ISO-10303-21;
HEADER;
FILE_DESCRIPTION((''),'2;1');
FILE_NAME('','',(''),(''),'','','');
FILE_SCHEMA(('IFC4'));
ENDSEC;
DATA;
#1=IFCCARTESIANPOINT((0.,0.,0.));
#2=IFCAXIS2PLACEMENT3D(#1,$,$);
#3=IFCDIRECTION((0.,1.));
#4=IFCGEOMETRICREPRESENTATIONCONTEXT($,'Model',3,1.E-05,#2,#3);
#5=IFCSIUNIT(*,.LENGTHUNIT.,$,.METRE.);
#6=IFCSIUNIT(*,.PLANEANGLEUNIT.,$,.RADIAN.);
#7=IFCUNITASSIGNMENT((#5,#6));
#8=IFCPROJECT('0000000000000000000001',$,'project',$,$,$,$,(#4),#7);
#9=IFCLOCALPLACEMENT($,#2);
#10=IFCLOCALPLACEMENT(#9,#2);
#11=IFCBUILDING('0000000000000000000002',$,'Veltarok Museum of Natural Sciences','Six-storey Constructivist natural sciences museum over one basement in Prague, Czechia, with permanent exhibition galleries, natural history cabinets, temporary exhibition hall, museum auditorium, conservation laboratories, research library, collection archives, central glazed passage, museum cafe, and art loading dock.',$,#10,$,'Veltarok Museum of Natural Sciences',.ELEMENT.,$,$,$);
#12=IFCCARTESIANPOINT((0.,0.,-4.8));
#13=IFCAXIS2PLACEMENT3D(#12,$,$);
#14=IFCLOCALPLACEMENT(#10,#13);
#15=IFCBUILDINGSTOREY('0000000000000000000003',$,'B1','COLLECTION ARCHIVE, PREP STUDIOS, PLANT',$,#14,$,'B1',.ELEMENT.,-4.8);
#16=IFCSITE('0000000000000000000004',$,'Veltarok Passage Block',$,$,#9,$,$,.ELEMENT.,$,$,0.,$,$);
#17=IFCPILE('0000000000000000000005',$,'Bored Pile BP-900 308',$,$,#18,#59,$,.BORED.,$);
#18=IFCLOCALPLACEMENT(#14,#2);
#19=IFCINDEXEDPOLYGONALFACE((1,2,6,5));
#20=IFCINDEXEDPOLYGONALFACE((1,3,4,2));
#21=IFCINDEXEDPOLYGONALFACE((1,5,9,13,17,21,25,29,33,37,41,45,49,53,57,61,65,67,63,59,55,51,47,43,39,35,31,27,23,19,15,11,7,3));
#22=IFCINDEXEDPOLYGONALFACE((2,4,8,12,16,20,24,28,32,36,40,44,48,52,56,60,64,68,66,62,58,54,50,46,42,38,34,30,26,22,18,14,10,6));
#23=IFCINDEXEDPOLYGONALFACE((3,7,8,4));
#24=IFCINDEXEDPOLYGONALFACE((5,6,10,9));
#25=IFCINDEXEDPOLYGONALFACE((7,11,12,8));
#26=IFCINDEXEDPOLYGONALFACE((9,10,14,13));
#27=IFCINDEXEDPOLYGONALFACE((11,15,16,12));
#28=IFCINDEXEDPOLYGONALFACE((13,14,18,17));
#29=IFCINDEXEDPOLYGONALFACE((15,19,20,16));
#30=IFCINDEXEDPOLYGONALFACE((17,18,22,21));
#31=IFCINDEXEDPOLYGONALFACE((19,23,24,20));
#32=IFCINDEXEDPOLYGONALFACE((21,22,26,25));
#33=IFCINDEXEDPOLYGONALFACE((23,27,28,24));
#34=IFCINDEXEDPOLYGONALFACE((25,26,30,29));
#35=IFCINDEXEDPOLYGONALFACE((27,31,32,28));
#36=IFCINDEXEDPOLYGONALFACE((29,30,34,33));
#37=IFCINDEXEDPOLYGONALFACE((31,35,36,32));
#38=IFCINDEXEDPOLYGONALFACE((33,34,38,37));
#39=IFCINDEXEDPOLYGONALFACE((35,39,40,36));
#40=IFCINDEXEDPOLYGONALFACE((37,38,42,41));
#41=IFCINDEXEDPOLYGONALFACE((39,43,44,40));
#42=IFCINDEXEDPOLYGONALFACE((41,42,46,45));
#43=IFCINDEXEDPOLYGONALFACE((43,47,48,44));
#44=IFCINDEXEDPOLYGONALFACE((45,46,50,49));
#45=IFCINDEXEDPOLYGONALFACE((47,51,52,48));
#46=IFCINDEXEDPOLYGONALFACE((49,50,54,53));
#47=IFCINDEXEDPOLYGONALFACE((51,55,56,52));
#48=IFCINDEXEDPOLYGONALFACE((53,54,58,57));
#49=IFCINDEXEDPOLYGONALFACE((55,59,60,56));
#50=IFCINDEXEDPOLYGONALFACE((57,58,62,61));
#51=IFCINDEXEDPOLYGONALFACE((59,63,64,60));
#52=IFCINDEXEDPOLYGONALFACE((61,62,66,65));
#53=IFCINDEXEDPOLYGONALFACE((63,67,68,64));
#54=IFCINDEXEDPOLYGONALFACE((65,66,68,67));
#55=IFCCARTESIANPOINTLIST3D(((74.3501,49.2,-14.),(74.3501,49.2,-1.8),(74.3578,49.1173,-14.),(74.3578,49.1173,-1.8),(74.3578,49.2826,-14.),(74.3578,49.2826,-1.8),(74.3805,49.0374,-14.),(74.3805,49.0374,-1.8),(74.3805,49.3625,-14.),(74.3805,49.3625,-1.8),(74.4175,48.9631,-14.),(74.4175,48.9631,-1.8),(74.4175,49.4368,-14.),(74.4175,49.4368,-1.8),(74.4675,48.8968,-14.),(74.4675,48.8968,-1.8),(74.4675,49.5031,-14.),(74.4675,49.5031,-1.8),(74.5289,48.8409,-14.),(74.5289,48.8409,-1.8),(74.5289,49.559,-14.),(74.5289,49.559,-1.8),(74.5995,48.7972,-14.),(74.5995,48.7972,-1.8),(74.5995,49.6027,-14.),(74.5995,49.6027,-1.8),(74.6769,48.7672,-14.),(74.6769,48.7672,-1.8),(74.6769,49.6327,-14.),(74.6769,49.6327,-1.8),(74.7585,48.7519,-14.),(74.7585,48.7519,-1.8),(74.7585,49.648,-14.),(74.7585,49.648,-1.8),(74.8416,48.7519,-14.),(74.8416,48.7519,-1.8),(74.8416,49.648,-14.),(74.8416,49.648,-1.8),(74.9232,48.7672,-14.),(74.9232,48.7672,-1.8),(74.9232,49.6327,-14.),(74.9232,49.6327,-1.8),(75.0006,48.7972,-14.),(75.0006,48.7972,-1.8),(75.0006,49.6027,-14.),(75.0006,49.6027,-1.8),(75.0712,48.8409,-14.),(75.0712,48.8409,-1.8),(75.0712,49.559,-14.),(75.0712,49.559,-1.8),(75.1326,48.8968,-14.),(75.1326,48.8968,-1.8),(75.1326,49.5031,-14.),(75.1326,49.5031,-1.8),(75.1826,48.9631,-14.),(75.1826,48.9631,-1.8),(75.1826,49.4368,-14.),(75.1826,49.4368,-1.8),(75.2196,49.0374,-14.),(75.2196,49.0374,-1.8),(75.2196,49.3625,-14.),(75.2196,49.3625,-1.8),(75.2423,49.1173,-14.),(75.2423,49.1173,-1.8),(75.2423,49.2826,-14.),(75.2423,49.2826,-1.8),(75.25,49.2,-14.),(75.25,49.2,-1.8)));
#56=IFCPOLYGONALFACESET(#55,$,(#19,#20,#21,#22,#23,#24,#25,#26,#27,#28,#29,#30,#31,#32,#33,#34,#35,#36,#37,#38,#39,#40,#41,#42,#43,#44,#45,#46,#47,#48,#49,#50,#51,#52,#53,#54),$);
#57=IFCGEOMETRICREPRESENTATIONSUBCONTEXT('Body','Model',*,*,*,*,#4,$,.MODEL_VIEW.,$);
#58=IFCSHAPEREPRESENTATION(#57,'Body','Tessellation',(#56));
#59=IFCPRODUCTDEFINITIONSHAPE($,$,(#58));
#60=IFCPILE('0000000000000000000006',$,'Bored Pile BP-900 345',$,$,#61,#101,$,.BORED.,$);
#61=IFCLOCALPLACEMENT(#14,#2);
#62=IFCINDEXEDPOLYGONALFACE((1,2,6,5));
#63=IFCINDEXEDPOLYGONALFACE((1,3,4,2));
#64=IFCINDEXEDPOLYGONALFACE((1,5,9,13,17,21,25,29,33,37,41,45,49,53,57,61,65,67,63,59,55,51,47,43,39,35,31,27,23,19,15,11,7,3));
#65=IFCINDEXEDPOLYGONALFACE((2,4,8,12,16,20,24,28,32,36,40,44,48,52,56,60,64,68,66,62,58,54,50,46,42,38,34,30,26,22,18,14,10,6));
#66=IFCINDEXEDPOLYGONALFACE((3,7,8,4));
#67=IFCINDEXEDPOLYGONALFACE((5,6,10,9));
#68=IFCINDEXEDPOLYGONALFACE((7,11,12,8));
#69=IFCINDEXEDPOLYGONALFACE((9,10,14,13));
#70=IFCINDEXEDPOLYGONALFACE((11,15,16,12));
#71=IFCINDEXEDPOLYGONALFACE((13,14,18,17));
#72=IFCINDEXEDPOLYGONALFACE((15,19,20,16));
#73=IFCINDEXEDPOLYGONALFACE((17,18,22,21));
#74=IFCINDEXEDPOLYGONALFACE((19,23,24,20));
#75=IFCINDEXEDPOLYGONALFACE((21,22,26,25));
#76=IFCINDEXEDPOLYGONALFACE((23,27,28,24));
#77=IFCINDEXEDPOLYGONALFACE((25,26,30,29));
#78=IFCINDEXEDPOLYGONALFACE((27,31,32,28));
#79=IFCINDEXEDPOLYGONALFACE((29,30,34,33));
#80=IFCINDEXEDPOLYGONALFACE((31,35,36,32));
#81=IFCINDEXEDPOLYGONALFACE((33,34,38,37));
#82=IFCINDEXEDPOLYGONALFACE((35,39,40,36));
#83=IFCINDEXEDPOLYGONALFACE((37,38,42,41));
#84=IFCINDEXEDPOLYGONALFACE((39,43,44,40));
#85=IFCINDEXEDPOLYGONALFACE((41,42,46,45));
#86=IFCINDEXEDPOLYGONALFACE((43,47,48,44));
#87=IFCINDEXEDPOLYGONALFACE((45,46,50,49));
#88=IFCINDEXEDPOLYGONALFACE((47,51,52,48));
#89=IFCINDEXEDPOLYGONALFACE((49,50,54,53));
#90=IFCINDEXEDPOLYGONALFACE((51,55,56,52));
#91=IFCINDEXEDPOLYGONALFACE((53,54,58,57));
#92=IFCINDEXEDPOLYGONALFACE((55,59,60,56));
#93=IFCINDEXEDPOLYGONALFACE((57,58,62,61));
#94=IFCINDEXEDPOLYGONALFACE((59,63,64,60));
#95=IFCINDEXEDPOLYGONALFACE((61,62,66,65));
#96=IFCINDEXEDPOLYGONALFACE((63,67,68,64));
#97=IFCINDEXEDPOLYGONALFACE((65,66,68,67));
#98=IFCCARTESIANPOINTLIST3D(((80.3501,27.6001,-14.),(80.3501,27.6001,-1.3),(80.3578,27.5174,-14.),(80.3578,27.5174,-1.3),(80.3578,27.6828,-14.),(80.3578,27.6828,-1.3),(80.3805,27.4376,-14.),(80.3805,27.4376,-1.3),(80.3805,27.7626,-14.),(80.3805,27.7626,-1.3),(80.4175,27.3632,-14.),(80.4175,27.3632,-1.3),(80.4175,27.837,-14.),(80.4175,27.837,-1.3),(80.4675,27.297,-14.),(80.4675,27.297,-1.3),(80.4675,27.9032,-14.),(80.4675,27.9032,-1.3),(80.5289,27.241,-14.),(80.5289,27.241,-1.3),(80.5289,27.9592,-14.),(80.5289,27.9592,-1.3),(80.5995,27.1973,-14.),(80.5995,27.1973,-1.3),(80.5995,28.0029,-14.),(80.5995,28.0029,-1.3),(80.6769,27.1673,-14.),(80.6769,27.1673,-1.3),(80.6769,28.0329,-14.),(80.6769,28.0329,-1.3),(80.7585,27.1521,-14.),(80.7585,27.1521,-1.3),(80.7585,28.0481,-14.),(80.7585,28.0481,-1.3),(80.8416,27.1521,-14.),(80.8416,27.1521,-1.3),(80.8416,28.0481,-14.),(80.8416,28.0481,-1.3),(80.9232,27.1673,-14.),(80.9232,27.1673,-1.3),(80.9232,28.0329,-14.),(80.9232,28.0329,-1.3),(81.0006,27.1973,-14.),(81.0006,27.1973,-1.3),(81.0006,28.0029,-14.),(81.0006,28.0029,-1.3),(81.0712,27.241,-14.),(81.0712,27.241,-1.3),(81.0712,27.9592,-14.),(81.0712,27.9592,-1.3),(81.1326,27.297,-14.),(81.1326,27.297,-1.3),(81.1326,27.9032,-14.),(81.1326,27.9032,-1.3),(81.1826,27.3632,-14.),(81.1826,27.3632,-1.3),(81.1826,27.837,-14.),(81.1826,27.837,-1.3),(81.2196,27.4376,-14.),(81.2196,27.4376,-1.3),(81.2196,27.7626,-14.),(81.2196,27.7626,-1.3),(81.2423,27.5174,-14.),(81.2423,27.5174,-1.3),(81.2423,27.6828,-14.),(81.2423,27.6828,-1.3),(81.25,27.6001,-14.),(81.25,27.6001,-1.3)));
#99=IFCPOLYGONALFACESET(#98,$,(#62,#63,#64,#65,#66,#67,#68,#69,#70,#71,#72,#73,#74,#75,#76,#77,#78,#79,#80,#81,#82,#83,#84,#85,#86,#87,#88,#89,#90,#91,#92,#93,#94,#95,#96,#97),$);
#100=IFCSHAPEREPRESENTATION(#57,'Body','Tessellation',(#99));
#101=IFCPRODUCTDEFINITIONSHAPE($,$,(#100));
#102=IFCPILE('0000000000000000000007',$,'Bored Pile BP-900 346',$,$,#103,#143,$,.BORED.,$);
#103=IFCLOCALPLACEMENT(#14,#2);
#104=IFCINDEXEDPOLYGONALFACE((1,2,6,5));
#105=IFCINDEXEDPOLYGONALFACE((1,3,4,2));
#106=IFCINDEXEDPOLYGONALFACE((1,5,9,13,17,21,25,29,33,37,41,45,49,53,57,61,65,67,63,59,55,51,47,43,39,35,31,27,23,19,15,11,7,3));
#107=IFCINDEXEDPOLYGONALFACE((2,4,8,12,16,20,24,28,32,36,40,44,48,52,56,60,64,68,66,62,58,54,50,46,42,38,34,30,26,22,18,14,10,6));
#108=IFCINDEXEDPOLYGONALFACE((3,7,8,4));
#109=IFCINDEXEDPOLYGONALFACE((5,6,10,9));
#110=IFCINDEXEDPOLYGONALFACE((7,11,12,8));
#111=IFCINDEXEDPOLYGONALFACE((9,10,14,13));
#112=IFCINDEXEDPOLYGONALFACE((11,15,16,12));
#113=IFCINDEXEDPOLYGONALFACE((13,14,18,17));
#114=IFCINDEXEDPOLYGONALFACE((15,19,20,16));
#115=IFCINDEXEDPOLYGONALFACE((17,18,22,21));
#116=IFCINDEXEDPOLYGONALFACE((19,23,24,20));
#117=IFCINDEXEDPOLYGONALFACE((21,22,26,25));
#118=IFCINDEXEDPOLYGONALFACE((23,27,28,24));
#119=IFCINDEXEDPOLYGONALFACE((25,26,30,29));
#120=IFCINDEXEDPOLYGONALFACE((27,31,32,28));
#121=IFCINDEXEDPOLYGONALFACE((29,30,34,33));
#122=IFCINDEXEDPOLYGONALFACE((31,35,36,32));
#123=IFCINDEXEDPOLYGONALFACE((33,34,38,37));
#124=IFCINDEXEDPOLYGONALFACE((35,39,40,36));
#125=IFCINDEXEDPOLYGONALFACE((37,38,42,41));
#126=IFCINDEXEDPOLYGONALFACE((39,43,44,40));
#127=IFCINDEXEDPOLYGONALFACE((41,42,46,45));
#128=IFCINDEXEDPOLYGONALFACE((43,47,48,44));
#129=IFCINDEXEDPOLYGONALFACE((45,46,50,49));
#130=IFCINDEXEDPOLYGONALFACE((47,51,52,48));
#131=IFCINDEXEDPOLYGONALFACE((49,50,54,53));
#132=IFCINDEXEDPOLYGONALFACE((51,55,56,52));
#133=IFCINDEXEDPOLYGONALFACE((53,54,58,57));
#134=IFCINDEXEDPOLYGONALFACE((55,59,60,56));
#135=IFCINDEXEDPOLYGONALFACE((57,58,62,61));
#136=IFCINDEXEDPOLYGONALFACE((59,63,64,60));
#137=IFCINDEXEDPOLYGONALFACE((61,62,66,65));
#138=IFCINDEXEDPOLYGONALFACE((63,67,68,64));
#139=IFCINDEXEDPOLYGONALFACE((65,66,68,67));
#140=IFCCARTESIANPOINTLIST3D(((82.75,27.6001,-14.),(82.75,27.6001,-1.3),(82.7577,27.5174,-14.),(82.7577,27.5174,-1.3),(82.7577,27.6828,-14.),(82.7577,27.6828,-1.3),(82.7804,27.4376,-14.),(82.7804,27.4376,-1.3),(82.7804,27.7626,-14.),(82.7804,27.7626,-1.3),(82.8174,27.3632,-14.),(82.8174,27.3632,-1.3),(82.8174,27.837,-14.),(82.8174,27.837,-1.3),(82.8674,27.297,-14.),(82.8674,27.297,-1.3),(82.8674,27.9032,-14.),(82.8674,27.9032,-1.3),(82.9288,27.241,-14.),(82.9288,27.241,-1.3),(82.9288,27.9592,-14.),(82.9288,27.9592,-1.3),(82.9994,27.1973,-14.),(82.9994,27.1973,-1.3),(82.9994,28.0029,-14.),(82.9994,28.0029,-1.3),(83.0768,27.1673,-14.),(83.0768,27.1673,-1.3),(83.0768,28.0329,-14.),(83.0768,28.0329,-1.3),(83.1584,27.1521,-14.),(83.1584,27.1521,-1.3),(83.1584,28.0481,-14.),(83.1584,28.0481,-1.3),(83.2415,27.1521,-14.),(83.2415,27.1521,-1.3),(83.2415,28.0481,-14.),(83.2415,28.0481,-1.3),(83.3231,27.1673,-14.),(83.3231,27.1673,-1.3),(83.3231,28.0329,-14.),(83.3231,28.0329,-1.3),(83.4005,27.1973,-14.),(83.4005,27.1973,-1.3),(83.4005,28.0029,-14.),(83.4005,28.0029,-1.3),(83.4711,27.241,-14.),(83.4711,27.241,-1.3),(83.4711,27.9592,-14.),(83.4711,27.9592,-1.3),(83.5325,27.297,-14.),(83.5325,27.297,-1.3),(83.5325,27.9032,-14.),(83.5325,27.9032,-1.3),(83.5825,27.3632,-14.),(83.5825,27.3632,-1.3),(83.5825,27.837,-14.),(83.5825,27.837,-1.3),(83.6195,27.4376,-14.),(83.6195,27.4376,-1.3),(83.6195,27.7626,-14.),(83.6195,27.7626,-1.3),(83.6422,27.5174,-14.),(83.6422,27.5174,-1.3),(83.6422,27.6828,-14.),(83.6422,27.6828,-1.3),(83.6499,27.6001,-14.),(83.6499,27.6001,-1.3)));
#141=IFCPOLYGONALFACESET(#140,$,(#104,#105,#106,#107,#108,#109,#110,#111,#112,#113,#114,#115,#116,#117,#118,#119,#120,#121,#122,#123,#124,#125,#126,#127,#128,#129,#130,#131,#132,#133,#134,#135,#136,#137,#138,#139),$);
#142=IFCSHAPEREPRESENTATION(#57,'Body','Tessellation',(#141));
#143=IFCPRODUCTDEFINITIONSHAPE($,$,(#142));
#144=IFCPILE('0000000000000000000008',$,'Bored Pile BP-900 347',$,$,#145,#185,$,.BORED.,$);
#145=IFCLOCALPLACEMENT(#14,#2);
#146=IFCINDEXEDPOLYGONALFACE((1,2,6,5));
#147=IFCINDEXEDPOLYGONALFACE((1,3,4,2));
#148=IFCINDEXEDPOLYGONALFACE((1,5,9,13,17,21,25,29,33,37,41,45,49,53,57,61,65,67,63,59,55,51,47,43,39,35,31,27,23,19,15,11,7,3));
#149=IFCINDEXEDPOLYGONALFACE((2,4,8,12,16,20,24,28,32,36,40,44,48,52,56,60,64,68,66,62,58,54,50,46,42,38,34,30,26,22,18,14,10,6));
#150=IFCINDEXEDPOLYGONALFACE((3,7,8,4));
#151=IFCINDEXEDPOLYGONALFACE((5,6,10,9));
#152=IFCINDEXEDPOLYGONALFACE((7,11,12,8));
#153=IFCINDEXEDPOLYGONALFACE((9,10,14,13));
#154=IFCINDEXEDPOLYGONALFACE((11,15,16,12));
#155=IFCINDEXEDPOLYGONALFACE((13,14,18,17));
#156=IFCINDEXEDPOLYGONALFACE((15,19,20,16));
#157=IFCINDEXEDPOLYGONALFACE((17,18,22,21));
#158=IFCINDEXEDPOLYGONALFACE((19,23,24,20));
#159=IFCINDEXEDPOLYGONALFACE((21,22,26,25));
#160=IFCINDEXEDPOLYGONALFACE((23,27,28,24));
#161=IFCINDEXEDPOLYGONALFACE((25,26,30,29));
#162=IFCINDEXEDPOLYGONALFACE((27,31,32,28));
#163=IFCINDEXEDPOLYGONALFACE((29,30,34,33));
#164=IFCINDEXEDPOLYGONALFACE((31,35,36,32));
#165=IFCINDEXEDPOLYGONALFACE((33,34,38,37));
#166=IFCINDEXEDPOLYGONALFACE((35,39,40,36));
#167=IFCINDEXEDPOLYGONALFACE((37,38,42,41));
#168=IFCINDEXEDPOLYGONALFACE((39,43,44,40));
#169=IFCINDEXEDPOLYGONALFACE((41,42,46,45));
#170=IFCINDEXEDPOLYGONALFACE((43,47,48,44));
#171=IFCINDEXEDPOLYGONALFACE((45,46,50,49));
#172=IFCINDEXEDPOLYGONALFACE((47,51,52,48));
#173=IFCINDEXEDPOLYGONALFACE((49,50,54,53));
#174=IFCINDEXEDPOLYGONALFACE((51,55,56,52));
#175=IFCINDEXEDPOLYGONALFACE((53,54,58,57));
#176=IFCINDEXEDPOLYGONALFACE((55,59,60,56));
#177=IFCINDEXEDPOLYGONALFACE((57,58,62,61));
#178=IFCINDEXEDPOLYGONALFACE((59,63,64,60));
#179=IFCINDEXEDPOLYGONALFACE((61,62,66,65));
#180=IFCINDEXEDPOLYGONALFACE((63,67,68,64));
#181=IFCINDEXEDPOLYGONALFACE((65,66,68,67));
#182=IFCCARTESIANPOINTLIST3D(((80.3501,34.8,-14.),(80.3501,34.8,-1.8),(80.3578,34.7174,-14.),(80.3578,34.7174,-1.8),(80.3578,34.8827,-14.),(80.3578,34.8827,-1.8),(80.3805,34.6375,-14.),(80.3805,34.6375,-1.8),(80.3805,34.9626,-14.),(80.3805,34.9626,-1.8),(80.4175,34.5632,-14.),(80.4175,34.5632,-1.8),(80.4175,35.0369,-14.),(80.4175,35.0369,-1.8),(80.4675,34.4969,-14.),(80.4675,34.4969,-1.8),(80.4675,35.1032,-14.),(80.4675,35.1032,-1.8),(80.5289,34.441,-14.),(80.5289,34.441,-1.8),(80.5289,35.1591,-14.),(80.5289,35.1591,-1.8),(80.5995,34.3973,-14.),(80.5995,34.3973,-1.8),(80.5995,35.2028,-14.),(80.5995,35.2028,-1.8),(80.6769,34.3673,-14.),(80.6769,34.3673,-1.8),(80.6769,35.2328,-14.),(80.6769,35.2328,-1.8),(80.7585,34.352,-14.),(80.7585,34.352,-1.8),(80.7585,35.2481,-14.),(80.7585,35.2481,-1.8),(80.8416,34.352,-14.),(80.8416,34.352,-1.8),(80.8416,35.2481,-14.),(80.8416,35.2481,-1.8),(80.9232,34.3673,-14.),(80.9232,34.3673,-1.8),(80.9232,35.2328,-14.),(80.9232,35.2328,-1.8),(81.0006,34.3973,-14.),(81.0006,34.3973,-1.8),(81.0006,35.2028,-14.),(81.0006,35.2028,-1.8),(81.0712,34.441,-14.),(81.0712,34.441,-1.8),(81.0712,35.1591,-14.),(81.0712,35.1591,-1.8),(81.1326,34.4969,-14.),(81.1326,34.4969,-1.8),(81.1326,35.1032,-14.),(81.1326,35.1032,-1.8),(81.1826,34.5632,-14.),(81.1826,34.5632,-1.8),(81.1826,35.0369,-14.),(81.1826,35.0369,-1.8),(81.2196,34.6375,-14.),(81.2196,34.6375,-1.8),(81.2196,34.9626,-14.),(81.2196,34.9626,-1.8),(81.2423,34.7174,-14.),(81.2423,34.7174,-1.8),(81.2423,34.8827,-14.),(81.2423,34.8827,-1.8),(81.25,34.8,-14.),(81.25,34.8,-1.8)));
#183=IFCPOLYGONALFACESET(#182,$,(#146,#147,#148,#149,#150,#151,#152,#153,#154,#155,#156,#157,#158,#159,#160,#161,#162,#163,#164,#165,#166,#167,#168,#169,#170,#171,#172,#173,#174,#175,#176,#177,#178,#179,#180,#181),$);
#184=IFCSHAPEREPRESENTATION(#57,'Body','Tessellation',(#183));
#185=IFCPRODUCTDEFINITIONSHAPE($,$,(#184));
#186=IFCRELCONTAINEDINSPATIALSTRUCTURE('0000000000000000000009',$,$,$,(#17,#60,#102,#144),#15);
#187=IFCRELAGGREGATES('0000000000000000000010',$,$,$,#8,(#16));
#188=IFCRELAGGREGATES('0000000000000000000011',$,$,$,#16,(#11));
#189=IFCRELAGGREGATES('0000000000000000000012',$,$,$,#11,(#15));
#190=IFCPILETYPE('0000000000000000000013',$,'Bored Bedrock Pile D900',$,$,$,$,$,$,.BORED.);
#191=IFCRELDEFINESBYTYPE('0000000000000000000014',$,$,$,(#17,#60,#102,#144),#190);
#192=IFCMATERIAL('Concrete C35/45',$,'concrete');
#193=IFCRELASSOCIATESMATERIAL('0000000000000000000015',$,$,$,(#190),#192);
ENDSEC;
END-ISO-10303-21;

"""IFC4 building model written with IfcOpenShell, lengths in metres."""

from ifc_helpers import new_model, si_unit, direction, frame, origin, origin_2d, place, context, subcontext, project, spatial, circle, extrude, material, material_profile, profile_set, type_object, element, save


model = new_model("IFC4")

# Units and contexts
model_context = context("Model", 3, precision=1e-05, world=origin(), true_north=direction((0.0, 1.0)))
body_context = subcontext(model_context, "Body", "Model", "MODEL_VIEW")
ifc_project = project(units=[si_unit("LENGTHUNIT", "METRE"), si_unit("PLANEANGLEUNIT", "RADIAN")], contexts=[model_context])

# Site, building, storey
site_placement = place(None, origin())
site = spatial("IfcSite", under=ifc_project, at=site_placement, Name="Veltarok Passage Block", CompositionType="ELEMENT", RefElevation=0.0)
building_placement = place(site_placement, origin())
building = spatial("IfcBuilding", under=site, at=building_placement, Name="Veltarok Museum of Natural Sciences", Description="Six-storey Constructivist natural sciences museum over one basement in Prague, Czechia, with permanent exhibition galleries, natural history cabinets, temporary exhibition hall, museum auditorium, conservation laboratories, research library, collection archives, central glazed passage, museum cafe, and art loading dock.", LongName="Veltarok Museum of Natural Sciences", CompositionType="ELEMENT")
storey_placement = place(building_placement, frame((0.0, 0.0, -4.8)))
storey = spatial("IfcBuildingStorey", under=building, at=storey_placement, Name="B1", Description="COLLECTION ARCHIVE, PREP STUDIOS, PLANT", LongName="B1", CompositionType="ELEMENT", Elevation=-4.8)

# Piles
ifc_material_1 = material(Name="Concrete C35/45", Category="concrete")
ifc_material_profile_1 = material_profile(ifc_material_1, circle(Radius=0.45, at=origin_2d()), Name="BP D900")
ifc_profile_set_1 = profile_set([ifc_material_profile_1], Name="Concrete C35/45")
pile_type = type_object("IfcPileType", Name="Bored Bedrock Pile D900", PredefinedType="BORED", material=ifc_profile_set_1)
for number, where, z_axis, x_axis, name in (
    (1, (74.8, 49.2, -1.8), (0.0, 0.0, -1.0), (1.0, 0.0, 0.0), "Bored Pile BP-900 308"),
):
    element("IfcPile", number, at=place(storey_placement, frame(where, z_axis=z_axis, x_axis=x_axis)), inside=storey, type_object=pile_type, Name=name, PredefinedType="BORED", context=body_context, shape_type="SweptSolid", body=[
        extrude(circle(Radius=0.45, at=origin_2d()), origin(), (0.0, 0.0, 1.0), 12.2),
    ])
for number, where, z_axis, x_axis, name in (
    (2, (80.8, 27.6001, -1.3), (0.0, 0.0, -1.0), (1.0, 0.0, 0.0), "Bored Pile BP-900 345"),
    (3, (83.2, 27.6001, -1.3), (0.0, 0.0, -1.0), (1.0, 0.0, 0.0), "Bored Pile BP-900 346"),
):
    element("IfcPile", number, at=place(storey_placement, frame(where, z_axis=z_axis, x_axis=x_axis)), inside=storey, type_object=pile_type, Name=name, PredefinedType="BORED", context=body_context, shape_type="SweptSolid", body=[
        extrude(circle(Radius=0.45, at=origin_2d()), origin(), (0.0, 0.0, 1.0), 12.7),
    ])
for number, where, z_axis, x_axis, name in (
    (4, (80.8, 34.8, -1.8), (0.0, 0.0, -1.0), (1.0, 0.0, 0.0), "Bored Pile BP-900 347"),
):
    element("IfcPile", number, at=place(storey_placement, frame(where, z_axis=z_axis, x_axis=x_axis)), inside=storey, type_object=pile_type, Name=name, PredefinedType="BORED", context=body_context, shape_type="SweptSolid", body=[
        extrude(circle(Radius=0.45, at=origin_2d()), origin(), (0.0, 0.0, 1.0), 12.2),
    ])

save(model, "model.ifc")
